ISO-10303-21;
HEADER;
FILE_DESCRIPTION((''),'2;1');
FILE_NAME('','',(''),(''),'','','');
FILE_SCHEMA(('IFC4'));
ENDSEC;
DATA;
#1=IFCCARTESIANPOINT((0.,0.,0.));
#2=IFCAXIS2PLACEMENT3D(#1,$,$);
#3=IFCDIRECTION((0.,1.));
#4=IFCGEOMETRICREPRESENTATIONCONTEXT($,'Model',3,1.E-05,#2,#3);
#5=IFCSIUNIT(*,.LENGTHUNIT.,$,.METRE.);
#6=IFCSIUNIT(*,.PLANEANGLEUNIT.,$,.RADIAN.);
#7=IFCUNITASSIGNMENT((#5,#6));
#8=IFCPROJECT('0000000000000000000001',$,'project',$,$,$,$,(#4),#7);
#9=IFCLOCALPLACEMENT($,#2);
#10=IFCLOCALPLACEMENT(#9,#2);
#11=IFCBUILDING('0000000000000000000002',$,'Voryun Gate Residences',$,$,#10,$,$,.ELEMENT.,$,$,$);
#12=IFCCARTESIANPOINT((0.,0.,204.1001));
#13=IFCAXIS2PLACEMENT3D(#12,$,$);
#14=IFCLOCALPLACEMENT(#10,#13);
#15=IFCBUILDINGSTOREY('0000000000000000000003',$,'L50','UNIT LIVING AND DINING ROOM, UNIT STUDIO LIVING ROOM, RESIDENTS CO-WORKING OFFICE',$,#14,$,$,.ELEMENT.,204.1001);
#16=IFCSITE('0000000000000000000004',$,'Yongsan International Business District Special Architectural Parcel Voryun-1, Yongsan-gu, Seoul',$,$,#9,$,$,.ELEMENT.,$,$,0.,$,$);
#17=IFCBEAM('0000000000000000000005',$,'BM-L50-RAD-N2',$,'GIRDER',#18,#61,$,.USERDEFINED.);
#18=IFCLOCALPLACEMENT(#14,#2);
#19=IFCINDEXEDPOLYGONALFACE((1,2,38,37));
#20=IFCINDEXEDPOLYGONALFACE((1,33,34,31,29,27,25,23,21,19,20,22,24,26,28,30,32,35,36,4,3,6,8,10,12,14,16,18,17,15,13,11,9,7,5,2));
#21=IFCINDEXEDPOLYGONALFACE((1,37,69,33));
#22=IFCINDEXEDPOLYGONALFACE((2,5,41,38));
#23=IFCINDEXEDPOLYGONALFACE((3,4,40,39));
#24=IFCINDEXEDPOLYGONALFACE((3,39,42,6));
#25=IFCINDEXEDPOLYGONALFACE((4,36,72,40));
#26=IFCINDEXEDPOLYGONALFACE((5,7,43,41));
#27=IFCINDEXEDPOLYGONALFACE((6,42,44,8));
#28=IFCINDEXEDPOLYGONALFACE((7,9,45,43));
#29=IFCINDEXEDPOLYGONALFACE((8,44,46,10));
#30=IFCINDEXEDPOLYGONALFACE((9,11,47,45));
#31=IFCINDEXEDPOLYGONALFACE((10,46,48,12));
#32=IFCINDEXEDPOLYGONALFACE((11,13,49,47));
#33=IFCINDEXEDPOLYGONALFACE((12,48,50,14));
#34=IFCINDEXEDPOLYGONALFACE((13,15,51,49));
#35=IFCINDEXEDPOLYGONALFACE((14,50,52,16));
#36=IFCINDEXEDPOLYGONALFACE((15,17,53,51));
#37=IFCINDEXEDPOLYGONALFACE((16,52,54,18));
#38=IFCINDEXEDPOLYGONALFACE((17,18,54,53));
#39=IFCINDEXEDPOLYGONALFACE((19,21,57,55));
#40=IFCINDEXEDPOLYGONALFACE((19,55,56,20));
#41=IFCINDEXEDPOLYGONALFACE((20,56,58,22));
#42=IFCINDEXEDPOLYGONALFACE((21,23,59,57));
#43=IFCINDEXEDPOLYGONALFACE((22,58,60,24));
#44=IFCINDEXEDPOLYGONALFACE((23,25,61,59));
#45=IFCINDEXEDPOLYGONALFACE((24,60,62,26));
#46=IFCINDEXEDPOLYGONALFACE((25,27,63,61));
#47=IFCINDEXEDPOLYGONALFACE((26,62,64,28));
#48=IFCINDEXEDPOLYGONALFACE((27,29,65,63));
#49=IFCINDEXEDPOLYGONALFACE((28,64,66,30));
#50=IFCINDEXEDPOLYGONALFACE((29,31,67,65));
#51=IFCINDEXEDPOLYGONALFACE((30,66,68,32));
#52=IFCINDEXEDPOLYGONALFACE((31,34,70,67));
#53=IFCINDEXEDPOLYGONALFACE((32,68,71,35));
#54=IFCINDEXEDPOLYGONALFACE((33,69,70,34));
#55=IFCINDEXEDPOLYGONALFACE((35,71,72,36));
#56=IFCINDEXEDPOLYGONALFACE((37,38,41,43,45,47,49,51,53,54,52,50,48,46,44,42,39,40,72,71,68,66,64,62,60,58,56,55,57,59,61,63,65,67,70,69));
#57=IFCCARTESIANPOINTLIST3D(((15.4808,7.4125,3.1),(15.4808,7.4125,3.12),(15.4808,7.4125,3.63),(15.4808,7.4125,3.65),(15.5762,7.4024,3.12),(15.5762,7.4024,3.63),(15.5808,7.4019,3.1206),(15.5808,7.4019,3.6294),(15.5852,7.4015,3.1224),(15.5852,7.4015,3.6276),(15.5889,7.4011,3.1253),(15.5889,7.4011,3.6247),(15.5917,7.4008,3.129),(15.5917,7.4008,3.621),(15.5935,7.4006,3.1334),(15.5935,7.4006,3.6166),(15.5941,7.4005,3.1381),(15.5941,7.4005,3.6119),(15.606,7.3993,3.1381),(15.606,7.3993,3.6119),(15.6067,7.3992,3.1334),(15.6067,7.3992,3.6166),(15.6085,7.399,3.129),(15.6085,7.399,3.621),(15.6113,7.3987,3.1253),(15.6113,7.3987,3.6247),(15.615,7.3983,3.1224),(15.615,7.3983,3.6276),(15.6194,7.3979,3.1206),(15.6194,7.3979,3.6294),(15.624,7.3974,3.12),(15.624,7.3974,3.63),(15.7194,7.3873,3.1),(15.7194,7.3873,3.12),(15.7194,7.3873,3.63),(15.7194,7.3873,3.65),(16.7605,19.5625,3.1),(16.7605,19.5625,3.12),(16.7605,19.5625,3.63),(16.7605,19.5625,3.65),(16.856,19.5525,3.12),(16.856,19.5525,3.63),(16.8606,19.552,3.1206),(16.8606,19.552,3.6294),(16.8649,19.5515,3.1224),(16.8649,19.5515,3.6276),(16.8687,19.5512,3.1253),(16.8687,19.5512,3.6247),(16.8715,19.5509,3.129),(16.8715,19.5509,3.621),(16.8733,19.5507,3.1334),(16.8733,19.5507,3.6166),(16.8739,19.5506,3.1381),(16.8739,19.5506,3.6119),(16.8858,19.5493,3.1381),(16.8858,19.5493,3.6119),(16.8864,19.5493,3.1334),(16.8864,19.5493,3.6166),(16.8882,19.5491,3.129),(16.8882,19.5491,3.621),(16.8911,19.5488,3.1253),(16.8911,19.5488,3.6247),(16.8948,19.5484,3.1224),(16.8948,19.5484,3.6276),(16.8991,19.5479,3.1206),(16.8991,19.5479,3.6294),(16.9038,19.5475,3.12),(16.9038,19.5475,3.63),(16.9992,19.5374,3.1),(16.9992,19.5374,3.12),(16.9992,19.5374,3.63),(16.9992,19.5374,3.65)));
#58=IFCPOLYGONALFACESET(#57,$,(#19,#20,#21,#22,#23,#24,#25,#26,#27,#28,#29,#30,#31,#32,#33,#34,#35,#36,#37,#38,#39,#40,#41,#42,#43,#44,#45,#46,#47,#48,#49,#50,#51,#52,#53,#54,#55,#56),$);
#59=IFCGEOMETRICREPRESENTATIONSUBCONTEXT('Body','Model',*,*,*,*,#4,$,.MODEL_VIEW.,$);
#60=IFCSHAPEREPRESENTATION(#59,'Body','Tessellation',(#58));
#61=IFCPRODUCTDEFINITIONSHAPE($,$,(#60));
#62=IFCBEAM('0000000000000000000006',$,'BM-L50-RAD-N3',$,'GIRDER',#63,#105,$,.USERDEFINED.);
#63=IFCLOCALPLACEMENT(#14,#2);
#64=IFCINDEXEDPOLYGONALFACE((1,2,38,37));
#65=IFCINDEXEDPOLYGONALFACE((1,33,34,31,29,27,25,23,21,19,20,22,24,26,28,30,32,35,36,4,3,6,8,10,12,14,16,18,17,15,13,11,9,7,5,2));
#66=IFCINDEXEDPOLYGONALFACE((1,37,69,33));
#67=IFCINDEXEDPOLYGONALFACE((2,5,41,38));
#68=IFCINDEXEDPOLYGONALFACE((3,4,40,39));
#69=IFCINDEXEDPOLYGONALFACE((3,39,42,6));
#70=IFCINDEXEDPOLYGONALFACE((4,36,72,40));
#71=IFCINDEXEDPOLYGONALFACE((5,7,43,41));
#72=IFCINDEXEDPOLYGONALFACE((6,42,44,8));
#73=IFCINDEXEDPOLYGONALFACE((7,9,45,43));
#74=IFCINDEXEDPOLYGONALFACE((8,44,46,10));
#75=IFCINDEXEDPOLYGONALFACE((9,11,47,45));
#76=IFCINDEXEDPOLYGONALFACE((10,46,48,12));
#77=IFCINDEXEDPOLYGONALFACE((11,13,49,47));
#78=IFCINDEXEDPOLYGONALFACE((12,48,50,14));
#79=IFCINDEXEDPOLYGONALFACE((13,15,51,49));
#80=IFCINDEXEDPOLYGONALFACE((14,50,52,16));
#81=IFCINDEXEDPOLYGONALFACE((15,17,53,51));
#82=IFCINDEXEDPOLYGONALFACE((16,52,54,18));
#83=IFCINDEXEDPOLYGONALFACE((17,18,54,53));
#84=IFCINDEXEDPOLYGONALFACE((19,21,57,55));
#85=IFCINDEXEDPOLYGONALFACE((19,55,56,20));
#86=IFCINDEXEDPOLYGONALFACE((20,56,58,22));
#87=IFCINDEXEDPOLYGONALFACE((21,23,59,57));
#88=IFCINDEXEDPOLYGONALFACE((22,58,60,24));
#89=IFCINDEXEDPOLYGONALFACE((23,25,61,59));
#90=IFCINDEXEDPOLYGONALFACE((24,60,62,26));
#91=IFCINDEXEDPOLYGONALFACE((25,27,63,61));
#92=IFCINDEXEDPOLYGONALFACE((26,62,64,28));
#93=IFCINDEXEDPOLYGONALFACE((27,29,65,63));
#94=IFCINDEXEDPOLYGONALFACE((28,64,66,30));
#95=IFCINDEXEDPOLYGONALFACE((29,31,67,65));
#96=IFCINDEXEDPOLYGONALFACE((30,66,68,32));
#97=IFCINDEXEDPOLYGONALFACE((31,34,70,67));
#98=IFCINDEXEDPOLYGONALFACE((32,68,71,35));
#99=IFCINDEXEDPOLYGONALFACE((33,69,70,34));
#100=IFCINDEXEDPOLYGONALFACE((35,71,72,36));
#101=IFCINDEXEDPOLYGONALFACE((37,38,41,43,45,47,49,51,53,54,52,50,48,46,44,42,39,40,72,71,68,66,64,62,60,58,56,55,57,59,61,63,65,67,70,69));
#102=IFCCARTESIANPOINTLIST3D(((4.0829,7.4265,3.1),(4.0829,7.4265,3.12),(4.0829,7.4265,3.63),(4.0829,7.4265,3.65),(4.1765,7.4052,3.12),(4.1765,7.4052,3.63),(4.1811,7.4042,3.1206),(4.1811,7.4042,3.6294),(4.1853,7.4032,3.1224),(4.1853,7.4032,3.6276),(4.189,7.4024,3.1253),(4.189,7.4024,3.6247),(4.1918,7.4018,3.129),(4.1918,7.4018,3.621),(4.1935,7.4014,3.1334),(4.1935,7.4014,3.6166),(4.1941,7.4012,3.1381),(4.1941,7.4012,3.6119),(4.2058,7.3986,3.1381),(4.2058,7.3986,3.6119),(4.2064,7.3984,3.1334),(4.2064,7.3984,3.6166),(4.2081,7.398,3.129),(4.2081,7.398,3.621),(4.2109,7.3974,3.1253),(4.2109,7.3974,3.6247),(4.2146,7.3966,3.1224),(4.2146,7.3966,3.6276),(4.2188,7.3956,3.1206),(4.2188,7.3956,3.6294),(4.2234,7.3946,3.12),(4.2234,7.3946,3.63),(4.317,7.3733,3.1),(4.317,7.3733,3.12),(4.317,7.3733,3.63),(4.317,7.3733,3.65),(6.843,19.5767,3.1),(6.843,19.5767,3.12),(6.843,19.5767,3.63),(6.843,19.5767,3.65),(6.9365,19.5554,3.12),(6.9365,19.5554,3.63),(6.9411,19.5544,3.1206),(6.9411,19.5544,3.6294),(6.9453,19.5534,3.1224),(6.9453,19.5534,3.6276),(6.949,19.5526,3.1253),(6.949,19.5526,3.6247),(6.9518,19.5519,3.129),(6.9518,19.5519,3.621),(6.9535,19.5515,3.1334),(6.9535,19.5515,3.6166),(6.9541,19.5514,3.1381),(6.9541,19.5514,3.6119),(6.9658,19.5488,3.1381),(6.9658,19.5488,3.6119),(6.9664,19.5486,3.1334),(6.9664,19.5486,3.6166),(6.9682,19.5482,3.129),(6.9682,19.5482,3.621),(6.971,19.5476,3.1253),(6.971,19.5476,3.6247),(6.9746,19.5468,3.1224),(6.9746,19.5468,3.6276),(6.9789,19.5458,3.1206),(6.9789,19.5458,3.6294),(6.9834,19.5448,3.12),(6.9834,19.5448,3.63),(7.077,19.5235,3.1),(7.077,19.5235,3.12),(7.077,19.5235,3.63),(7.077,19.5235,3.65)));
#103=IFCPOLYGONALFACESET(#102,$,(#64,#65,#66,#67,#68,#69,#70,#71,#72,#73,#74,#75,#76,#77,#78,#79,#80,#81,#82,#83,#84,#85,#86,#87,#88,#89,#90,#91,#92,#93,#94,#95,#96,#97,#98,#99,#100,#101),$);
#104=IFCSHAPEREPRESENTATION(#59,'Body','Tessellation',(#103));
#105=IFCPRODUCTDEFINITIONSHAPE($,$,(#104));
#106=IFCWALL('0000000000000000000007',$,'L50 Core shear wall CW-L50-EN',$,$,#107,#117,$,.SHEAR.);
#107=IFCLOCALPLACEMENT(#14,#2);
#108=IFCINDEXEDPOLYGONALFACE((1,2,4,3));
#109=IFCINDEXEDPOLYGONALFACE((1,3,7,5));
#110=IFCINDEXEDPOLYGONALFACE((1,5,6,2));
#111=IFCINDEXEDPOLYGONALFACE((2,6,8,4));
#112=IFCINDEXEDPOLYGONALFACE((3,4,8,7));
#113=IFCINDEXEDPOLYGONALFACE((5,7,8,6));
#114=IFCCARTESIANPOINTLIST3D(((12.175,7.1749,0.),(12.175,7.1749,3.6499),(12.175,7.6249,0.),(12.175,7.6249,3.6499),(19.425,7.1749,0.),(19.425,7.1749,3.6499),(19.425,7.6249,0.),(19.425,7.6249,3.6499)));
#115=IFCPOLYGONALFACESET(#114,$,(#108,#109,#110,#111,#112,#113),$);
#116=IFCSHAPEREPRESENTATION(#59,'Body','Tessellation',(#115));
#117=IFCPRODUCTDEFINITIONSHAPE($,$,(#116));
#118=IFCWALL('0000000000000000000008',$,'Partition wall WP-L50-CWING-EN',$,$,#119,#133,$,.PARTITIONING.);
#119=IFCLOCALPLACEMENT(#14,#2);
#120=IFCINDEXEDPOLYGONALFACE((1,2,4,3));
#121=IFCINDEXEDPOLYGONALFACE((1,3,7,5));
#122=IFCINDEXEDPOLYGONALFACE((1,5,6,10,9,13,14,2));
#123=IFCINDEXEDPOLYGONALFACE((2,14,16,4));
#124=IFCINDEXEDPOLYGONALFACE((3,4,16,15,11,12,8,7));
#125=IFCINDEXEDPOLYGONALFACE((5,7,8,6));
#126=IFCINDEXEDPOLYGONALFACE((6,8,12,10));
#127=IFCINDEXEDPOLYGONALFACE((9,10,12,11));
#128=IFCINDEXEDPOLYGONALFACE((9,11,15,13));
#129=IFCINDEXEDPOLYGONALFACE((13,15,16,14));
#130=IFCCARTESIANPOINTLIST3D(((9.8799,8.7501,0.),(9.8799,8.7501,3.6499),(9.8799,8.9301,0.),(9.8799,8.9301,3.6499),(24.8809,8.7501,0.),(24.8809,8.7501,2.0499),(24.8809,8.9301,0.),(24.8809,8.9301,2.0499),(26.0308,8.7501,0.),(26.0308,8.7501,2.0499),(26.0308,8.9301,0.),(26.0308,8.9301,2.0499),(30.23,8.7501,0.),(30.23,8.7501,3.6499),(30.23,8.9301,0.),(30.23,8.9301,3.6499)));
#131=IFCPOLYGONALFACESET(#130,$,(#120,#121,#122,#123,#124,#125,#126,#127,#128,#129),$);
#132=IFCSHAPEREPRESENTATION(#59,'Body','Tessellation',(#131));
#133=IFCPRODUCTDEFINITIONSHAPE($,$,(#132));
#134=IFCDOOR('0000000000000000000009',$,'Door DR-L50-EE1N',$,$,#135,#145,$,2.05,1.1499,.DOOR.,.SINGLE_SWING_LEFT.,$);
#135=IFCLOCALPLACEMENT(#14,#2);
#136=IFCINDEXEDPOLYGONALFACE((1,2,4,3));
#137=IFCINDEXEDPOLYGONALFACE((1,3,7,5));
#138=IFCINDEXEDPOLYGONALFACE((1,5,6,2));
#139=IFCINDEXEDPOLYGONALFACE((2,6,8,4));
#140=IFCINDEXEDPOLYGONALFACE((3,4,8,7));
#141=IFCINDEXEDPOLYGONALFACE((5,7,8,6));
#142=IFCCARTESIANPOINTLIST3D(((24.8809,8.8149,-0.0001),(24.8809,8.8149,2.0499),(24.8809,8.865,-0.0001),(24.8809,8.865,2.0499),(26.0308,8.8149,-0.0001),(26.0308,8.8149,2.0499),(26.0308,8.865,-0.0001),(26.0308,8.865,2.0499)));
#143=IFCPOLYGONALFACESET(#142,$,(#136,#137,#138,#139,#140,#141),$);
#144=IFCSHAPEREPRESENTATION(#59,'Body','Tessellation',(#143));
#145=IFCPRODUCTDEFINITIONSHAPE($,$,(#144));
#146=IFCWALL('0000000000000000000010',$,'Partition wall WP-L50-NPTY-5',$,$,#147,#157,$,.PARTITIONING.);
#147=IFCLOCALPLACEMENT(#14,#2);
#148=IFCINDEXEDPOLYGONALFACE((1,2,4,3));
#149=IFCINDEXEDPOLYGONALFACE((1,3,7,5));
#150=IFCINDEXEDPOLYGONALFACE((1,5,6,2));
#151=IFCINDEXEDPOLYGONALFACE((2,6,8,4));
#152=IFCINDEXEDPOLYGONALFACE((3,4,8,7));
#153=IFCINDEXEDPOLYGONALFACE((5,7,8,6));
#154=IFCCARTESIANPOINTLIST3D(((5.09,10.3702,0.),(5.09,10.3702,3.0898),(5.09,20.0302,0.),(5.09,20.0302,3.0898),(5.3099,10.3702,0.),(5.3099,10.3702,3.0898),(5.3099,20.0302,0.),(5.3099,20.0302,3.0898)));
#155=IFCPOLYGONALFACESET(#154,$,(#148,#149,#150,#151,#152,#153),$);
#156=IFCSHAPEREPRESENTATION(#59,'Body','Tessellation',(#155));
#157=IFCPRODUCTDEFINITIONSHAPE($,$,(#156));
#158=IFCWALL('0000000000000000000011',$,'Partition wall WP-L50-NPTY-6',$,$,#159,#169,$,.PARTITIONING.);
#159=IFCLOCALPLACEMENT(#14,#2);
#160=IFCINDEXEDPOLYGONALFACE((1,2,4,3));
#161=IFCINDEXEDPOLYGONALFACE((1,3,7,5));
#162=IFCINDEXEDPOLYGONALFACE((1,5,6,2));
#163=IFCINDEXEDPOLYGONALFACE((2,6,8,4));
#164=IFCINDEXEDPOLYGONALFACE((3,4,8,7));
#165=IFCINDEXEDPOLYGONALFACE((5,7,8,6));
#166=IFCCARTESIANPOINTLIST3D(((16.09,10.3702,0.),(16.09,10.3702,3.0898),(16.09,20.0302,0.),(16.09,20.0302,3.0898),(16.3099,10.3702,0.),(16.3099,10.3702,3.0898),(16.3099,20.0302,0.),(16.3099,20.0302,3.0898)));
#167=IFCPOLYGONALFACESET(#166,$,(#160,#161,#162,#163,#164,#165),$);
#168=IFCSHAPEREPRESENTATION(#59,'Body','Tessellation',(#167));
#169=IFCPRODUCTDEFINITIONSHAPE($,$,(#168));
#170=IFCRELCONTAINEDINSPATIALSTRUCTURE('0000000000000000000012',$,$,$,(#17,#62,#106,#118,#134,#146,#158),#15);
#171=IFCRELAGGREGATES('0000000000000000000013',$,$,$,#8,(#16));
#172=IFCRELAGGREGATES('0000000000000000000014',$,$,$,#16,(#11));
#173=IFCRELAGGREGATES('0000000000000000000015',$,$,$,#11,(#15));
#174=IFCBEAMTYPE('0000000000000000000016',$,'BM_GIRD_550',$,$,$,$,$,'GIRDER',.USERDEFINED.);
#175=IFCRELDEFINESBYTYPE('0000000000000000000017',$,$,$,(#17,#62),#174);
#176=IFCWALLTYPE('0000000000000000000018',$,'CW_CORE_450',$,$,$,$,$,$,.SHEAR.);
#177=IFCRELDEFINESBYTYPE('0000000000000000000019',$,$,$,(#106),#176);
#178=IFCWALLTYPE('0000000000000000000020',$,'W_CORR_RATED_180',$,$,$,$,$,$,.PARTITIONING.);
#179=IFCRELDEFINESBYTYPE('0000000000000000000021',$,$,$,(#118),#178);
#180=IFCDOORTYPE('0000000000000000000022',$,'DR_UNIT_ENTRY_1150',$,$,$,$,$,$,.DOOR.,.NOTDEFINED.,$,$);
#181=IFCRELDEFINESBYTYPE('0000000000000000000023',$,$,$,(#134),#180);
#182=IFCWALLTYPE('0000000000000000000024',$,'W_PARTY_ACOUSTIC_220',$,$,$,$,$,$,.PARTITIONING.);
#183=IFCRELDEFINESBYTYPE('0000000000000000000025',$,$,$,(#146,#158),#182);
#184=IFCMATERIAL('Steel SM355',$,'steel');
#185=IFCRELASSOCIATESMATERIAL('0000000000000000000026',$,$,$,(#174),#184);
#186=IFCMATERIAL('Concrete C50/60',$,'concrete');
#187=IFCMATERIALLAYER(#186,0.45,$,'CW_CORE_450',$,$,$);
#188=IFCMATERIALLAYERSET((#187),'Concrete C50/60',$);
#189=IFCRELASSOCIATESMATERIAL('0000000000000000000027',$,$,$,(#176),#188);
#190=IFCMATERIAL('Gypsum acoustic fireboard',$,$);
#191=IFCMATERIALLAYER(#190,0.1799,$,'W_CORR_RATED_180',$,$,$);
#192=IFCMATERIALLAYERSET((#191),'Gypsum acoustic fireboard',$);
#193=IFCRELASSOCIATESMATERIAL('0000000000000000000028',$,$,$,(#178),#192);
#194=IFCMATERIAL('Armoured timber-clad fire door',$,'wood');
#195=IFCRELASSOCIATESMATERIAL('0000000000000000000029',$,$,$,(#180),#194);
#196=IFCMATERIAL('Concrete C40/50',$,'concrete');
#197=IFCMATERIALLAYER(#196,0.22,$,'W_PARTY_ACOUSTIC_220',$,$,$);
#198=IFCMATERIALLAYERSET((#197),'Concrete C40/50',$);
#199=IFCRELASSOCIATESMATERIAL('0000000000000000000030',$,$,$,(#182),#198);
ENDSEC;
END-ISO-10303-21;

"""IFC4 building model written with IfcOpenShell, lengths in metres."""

from ifc_helpers import new_model, si_unit, direction, frame, frame_2d, origin, origin_2d, place, context, subcontext, project, spatial, rectangle, i_section, extrude, material, layer, layer_set, material_profile, profile_set, type_object, element, fill, save


model = new_model("IFC4")

# Units and contexts
model_context = context("Model", 3, precision=1e-05, world=origin(), true_north=direction((0.0, 1.0)))
body_context = subcontext(model_context, "Body", "Model", "MODEL_VIEW")
ifc_project = project(units=[si_unit("LENGTHUNIT", "METRE"), si_unit("PLANEANGLEUNIT", "RADIAN")], contexts=[model_context])

# Site, building, storey
site_placement = place(None, origin())
site = spatial("IfcSite", under=ifc_project, at=site_placement, Name="Yongsan International Business District Special Architectural Parcel Voryun-1, Yongsan-gu, Seoul", CompositionType="ELEMENT", RefElevation=0.0)
building_placement = place(site_placement, origin())
building = spatial("IfcBuilding", under=site, at=building_placement, Name="Voryun Gate Residences", CompositionType="ELEMENT")
storey_placement = place(building_placement, frame((0.0, 0.0, 204.1001)))
storey = spatial("IfcBuildingStorey", under=building, at=storey_placement, Name="L50", Description="UNIT LIVING AND DINING ROOM, UNIT STUDIO LIVING ROOM, RESIDENTS CO-WORKING OFFICE", CompositionType="ELEMENT", Elevation=204.1001)

# Beams
ifc_material_1 = material(Name="Steel SM355", Category="steel")
ifc_material_profile_1 = material_profile(ifc_material_1, i_section(OverallWidth=0.24, OverallDepth=0.55, WebThickness=0.012, FlangeThickness=0.02, FilletRadius=0.0181, at=origin_2d()), Name="H-550x240x12x20")
ifc_profile_set_1 = profile_set([ifc_material_profile_1], Name="Steel SM355")
beam_type_1 = type_object("IfcBeamType", Name="BM_GIRD_550", ElementType="GIRDER", PredefinedType="USERDEFINED", material=ifc_profile_set_1)
beam_1_placement = place(storey_placement, frame((15.6001, 7.3999, 3.375), z_axis=(0.104751, 0.994498, 0.0), x_axis=(-0.994498, 0.104751, 0.0)))
element("IfcBeam", 1, at=beam_1_placement, inside=storey, type_object=beam_type_1, Name="BM-L50-RAD-N2", ObjectType="GIRDER", PredefinedType="USERDEFINED", context=body_context, shape_type="SweptSolid", body=[
    extrude(i_section(OverallWidth=0.24, OverallDepth=0.55, WebThickness=0.012, FlangeThickness=0.02, FilletRadius=0.0181, at=origin_2d()), origin(), (0.0, 0.0, 1.0), 12.2173),
])
beam_2_placement = place(storey_placement, frame((4.2, 7.3999, 3.375), z_axis=(0.221515, 0.975157, 0.0), x_axis=(-0.975157, 0.221515, 0.0)))
element("IfcBeam", 2, at=beam_2_placement, inside=storey, type_object=beam_type_1, Name="BM-L50-RAD-N3", ObjectType="GIRDER", PredefinedType="USERDEFINED", context=body_context, shape_type="SweptSolid", body=[
    extrude(i_section(OverallWidth=0.24, OverallDepth=0.55, WebThickness=0.012, FlangeThickness=0.02, FilletRadius=0.0181, at=origin_2d()), origin(), (0.0, 0.0, 1.0), 12.4597),
])

# Wall
ifc_material_2 = material(Name="Concrete C50/60", Category="concrete")
ifc_layer_1 = layer(ifc_material_2, 0.45, Name="CW_CORE_450")
ifc_layer_set_1 = layer_set([ifc_layer_1], Name="Concrete C50/60")
wall_type_1 = type_object("IfcWallType", Name="CW_CORE_450", PredefinedType="SHEAR", material=ifc_layer_set_1)
wall_1_placement = place(storey_placement, frame((12.175, 7.3999, 0.0), z_axis=(0.0, 0.0, 1.0), x_axis=(1.0, 0.0, 0.0)))
element("IfcWall", 3, at=wall_1_placement, inside=storey, type_object=wall_type_1, Name="L50 Core shear wall CW-L50-EN", PredefinedType="SHEAR", context=body_context, shape_type="SweptSolid", body=[
    extrude(rectangle(XDim=7.25, YDim=0.45, at=frame_2d((3.625, 0.0))), origin(), (0.0, 0.0, 1.0), 3.6499),
])

# Wall, opening, door
ifc_material_3 = material(Name="Gypsum acoustic fireboard")
ifc_layer_2 = layer(ifc_material_3, 0.1799, Name="W_CORR_RATED_180")
ifc_layer_set_2 = layer_set([ifc_layer_2], Name="Gypsum acoustic fireboard")
wall_type_2 = type_object("IfcWallType", Name="W_CORR_RATED_180", PredefinedType="PARTITIONING", material=ifc_layer_set_2)
wall_2_placement = place(storey_placement, frame((9.8799, 8.8401, 0.0), z_axis=(0.0, 0.0, 1.0), x_axis=(1.0, 0.0, 0.0)))
wall_2 = element("IfcWall", 4, at=wall_2_placement, inside=storey, type_object=wall_type_2, Name="Partition wall WP-L50-CWING-EN", PredefinedType="PARTITIONING", context=body_context, shape_type="SweptSolid", body=[
    extrude(rectangle(XDim=20.3501, YDim=0.1799, at=frame_2d((10.175, 0.0))), origin(), (0.0, 0.0, 1.0), 3.6499),
])
opening_1_placement = place(wall_2_placement, frame((15.001, 0.0, 0.0)))
opening_1 = element("IfcOpeningElement", 5, at=opening_1_placement, cuts=wall_2, PredefinedType="OPENING", context=body_context, shape_type="SweptSolid", body=[
    extrude(rectangle(XDim=1.1499, YDim=2.05, at=frame_2d((0.575, 1.0249))), frame((0.0, 0.0999, 0.0), z_axis=(0.0, -1.0, 0.0), x_axis=(1.0, 0.0, 0.0)), (0.0, 0.0, 1.0), 0.2),
])
ifc_material_4 = material(Name="Armoured timber-clad fire door", Category="wood")
door_type_1 = type_object("IfcDoorType", Name="DR_UNIT_ENTRY_1150", OperationType="NOTDEFINED", PredefinedType="DOOR", material=ifc_material_4)
door_1_placement = place(opening_1_placement, origin())
door_1 = element("IfcDoor", 6, at=door_1_placement, inside=storey, type_object=door_type_1, Name="Door DR-L50-EE1N", OperationType="SINGLE_SWING_LEFT", OverallHeight=2.05, OverallWidth=1.1499, PredefinedType="DOOR", context=body_context, shape_type="SweptSolid", body=[
    extrude(rectangle(XDim=1.1499, YDim=2.05, at=frame_2d((0.575, 1.0249))), frame((0.0, 0.0249, 0.0), z_axis=(0.0, -1.0, 0.0), x_axis=(1.0, 0.0, 0.0)), (0.0, 0.0, 1.0), 0.05),
])
fill(opening_1, door_1)

# Walls
ifc_material_5 = material(Name="Concrete C40/50", Category="concrete")
ifc_layer_3 = layer(ifc_material_5, 0.22, Name="W_PARTY_ACOUSTIC_220")
ifc_layer_set_3 = layer_set([ifc_layer_3], Name="Concrete C40/50")
wall_type_3 = type_object("IfcWallType", Name="W_PARTY_ACOUSTIC_220", PredefinedType="PARTITIONING", material=ifc_layer_set_3)
for number, where, z_axis, x_axis, name in (
    (7, (5.2, 10.3701, 0.0), (0.0, 0.0, 1.0), (0.0, 1.0, 0.0), "Partition wall WP-L50-NPTY-5"),
    (8, (16.2, 10.3701, 0.0), (0.0, 0.0, 1.0), (0.0, 1.0, 0.0), "Partition wall WP-L50-NPTY-6"),
):
    element("IfcWall", number, at=place(storey_placement, frame(where, z_axis=z_axis, x_axis=x_axis)), inside=storey, type_object=wall_type_3, Name=name, PredefinedType="PARTITIONING", context=body_context, shape_type="SweptSolid", body=[
        extrude(rectangle(XDim=9.6599, YDim=0.22, at=frame_2d((4.8301, 0.0))), origin(), (0.0, 0.0, 1.0), 3.0898),
    ])

save(model, "model.ifc")
